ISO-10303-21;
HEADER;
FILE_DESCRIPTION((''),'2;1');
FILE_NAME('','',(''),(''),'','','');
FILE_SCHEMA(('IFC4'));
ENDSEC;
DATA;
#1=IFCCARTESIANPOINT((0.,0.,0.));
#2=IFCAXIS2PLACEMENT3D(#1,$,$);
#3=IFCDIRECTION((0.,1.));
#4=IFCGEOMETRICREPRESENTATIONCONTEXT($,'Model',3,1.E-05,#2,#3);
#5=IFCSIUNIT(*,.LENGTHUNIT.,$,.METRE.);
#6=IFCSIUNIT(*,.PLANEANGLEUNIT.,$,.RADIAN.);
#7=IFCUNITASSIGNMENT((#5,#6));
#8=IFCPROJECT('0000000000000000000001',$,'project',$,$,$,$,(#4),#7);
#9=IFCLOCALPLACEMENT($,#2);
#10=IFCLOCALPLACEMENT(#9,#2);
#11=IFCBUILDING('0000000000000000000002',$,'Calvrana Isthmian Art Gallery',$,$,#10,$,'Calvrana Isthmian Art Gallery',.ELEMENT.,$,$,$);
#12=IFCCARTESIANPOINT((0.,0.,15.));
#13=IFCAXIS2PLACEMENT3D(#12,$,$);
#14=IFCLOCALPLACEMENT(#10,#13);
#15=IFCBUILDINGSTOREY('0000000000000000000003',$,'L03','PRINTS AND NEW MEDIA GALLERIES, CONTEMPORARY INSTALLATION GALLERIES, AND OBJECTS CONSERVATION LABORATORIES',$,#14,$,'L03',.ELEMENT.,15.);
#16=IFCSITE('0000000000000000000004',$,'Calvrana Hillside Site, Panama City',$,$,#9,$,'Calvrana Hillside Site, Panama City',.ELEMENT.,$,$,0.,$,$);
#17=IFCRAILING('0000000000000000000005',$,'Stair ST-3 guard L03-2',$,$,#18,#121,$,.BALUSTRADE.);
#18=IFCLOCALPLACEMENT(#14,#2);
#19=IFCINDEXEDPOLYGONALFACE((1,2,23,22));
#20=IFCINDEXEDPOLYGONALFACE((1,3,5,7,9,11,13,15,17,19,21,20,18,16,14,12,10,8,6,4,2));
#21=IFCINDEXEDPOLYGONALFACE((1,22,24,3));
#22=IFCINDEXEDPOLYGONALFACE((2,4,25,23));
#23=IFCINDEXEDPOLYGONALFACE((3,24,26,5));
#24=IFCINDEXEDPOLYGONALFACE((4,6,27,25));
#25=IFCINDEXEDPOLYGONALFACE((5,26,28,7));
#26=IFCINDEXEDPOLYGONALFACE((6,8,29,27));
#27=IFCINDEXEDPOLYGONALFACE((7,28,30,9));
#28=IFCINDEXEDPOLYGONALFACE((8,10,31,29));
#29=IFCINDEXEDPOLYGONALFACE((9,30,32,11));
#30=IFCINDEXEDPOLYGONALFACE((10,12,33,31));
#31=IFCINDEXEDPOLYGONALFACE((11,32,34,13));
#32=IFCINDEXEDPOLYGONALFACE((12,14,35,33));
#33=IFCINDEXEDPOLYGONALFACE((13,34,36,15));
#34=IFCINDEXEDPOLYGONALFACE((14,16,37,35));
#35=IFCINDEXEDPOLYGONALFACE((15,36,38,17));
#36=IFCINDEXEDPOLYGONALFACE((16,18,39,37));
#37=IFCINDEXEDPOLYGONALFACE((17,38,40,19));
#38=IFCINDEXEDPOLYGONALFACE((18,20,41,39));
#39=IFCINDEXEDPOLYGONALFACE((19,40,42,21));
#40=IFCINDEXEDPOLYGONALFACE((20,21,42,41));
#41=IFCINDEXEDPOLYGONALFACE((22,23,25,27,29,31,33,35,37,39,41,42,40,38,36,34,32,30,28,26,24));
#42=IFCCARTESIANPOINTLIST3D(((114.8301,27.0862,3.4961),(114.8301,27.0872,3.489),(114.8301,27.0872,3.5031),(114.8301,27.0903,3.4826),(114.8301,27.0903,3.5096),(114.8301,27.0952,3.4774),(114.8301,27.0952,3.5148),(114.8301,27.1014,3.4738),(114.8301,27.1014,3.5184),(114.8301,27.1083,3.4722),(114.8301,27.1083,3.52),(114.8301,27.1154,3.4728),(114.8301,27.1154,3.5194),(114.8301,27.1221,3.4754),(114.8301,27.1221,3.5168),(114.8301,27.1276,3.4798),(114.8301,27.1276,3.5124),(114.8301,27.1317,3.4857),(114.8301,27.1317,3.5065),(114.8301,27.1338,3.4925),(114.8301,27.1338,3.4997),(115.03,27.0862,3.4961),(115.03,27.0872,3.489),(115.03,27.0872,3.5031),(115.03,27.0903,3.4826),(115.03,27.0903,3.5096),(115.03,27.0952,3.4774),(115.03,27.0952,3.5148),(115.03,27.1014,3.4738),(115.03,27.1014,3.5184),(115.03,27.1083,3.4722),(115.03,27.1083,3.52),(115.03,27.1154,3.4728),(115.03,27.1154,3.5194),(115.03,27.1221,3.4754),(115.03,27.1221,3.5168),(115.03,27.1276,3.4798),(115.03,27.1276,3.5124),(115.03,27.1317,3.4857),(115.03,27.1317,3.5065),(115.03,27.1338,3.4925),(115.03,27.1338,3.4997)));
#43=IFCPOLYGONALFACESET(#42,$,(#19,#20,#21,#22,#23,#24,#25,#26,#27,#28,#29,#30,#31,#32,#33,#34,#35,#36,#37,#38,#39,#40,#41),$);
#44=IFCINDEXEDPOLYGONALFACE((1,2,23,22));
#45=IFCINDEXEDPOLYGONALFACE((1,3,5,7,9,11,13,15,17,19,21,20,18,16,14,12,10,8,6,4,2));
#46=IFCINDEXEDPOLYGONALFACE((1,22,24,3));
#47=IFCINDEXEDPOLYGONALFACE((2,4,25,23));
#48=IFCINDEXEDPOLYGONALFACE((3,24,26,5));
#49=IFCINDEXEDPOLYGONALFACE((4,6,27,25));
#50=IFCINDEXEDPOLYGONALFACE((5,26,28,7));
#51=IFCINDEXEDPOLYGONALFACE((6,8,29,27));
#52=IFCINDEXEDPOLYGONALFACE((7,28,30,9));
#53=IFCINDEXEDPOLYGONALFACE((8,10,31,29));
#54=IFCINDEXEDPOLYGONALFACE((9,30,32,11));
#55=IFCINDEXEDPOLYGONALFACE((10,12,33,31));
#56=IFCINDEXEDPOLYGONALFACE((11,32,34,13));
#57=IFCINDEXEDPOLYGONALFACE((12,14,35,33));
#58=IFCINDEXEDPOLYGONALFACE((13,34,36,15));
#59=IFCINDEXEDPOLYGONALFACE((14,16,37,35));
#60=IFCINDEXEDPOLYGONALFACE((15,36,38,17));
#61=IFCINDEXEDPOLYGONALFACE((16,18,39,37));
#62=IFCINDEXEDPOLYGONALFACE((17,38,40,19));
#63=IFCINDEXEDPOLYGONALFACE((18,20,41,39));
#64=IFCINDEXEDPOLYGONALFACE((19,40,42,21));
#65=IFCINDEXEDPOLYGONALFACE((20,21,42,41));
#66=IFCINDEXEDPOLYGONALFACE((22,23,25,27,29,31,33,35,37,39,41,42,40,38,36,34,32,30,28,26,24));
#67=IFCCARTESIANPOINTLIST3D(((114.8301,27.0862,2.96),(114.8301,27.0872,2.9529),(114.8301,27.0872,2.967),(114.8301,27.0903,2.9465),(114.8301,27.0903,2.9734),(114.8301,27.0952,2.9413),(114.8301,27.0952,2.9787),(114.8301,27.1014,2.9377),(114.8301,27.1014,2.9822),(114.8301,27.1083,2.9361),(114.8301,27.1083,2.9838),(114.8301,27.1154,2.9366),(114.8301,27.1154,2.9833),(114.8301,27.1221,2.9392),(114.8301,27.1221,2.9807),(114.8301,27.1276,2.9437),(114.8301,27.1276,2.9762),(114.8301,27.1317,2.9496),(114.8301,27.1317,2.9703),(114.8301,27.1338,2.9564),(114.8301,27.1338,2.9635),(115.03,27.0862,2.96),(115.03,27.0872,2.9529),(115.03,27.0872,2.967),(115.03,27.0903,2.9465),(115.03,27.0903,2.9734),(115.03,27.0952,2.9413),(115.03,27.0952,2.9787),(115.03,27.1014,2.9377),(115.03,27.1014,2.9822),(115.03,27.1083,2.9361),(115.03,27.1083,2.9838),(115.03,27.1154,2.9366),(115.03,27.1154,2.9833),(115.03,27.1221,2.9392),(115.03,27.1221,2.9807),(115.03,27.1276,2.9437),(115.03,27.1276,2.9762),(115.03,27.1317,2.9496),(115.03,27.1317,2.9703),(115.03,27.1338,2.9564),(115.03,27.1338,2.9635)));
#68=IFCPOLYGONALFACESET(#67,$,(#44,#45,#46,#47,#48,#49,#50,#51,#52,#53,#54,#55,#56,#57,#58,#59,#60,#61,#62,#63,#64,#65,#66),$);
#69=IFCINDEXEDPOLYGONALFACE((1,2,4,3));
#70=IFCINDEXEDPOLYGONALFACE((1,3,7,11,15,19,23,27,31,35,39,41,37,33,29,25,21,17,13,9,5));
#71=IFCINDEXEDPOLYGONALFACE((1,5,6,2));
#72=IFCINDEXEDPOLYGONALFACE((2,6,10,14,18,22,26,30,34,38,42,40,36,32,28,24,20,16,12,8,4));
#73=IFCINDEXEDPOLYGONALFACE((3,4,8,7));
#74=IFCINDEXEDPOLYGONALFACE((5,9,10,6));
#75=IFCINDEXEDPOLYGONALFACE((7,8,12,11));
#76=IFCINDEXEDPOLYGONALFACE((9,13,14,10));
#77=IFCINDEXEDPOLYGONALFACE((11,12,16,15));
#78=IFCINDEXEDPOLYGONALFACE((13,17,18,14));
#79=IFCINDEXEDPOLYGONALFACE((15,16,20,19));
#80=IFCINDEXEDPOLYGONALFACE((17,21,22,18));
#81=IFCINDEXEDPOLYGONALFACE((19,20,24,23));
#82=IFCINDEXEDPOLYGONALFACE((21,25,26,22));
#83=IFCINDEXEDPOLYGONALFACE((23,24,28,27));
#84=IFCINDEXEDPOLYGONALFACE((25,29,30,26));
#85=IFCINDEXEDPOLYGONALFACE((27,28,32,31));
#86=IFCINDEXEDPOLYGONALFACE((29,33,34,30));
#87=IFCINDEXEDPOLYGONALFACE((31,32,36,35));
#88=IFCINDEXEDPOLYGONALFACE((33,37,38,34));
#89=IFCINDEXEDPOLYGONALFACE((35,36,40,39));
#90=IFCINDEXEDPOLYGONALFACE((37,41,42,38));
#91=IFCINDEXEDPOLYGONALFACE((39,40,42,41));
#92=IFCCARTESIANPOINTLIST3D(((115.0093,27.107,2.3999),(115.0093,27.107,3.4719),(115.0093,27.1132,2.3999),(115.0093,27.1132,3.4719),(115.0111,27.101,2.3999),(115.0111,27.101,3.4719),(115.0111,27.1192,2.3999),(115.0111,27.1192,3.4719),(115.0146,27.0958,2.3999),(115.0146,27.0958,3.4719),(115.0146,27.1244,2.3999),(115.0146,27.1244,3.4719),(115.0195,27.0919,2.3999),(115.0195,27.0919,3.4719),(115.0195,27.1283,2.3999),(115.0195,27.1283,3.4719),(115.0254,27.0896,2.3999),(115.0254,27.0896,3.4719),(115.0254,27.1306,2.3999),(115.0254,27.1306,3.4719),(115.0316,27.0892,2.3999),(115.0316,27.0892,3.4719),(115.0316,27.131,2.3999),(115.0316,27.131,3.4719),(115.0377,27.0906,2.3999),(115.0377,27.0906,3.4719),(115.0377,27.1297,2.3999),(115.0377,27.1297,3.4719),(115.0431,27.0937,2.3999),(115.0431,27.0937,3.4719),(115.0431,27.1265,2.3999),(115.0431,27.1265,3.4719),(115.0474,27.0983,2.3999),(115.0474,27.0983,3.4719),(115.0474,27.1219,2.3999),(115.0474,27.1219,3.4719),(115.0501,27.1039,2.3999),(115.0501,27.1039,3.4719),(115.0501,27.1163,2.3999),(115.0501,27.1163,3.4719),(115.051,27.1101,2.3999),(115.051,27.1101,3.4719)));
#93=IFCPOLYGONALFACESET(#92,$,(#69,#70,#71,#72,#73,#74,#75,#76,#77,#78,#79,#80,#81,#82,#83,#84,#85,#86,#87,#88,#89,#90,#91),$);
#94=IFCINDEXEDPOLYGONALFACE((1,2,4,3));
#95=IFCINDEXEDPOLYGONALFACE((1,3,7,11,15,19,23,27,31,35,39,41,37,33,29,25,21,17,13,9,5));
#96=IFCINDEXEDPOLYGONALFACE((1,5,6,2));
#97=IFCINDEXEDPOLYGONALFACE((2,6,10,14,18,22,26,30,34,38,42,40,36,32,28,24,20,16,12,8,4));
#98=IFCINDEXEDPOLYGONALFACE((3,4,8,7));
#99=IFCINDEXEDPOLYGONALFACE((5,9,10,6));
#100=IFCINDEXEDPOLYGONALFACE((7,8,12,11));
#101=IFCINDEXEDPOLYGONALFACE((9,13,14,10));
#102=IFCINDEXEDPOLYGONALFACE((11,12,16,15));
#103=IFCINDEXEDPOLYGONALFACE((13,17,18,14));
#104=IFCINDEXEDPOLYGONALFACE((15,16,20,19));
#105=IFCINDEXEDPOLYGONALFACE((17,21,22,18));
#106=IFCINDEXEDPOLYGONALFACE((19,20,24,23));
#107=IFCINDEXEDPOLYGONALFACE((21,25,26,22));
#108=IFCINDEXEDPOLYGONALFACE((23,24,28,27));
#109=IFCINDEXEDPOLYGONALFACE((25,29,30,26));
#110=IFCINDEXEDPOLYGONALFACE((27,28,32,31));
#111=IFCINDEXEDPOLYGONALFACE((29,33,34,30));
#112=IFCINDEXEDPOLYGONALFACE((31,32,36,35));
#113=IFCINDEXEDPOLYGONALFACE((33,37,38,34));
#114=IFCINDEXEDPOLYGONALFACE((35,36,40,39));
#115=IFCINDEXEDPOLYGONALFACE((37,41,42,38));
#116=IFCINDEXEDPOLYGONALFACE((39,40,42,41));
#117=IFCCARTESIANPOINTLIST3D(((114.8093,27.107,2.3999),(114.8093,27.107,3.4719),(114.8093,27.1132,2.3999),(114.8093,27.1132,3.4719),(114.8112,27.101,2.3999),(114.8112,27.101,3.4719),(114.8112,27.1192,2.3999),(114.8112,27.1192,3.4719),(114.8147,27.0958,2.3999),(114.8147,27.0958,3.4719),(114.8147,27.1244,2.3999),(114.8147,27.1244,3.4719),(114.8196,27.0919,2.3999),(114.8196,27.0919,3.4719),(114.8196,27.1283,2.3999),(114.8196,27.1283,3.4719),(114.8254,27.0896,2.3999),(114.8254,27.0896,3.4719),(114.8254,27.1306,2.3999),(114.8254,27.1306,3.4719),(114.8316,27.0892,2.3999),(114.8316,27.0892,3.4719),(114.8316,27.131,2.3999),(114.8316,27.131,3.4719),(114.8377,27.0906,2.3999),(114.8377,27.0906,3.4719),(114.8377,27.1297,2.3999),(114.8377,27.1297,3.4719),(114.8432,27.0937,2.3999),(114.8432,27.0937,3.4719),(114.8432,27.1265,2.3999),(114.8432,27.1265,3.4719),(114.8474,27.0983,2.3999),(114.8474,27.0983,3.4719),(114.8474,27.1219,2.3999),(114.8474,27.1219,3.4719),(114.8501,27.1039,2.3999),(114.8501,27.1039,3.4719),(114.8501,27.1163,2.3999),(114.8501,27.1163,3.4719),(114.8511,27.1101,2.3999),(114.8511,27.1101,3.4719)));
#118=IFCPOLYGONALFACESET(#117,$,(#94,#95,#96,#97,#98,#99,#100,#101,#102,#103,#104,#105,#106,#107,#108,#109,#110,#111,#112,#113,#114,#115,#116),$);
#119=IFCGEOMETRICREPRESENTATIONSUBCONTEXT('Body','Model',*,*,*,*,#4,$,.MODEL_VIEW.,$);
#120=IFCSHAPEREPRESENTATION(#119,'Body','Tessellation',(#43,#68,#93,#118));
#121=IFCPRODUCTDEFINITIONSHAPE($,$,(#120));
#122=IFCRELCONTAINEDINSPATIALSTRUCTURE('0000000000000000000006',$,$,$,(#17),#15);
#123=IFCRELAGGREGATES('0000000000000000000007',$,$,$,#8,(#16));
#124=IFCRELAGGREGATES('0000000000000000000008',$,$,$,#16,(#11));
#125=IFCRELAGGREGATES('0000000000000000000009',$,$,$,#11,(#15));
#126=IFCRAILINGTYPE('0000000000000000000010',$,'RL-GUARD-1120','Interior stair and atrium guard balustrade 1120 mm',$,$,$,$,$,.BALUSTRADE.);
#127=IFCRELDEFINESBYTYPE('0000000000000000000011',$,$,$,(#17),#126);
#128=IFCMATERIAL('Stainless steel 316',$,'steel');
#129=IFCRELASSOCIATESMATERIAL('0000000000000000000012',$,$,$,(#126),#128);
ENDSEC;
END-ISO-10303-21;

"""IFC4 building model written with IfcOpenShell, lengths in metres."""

from ifc_helpers import new_model, si_unit, direction, frame, origin, origin_2d, place, context, subcontext, project, spatial, circle, extrude, material, type_object, element, save


model = new_model("IFC4")

# Units and contexts
model_context = context("Model", 3, precision=1e-05, world=origin(), true_north=direction((0.0, 1.0)))
body_context = subcontext(model_context, "Body", "Model", "MODEL_VIEW")
ifc_project = project(units=[si_unit("LENGTHUNIT", "METRE"), si_unit("PLANEANGLEUNIT", "RADIAN")], contexts=[model_context])

# Site, building, storey
site_placement = place(None, origin())
site = spatial("IfcSite", under=ifc_project, at=site_placement, Name="Calvrana Hillside Site, Panama City", LongName="Calvrana Hillside Site, Panama City", CompositionType="ELEMENT", RefElevation=0.0)
building_placement = place(site_placement, origin())
building = spatial("IfcBuilding", under=site, at=building_placement, Name="Calvrana Isthmian Art Gallery", LongName="Calvrana Isthmian Art Gallery", CompositionType="ELEMENT")
storey_placement = place(building_placement, frame((0.0, 0.0, 15.0)))
storey = spatial("IfcBuildingStorey", under=building, at=storey_placement, Name="L03", Description="PRINTS AND NEW MEDIA GALLERIES, CONTEMPORARY INSTALLATION GALLERIES, AND OBJECTS CONSERVATION LABORATORIES", LongName="L03", CompositionType="ELEMENT", Elevation=15.0)

# Shared definitions
ifc_material_1 = material(Name="Stainless steel 316", Category="steel")

# Railing
railing_type_1 = type_object("IfcRailingType", Name="RL-GUARD-1120", Description="Interior stair and atrium guard balustrade 1120 mm", PredefinedType="BALUSTRADE", material=ifc_material_1)
railing_1_placement = place(storey_placement, frame((115.03, 27.1101, 2.3999)))
element("IfcRailing", 1, at=railing_1_placement, inside=storey, type_object=railing_type_1, Name="Stair ST-3 guard L03-2", PredefinedType="BALUSTRADE", context=body_context, shape_type="SweptSolid", body=[
    extrude(circle(Radius=0.0239, at=origin_2d()), frame((0.0, 0.0, 1.0962), z_axis=(-1.0, 0.0, 0.0), x_axis=(0.0, -1.0, 0.0)), (0.0, 0.0, 1.0), 0.2),
    extrude(circle(Radius=0.0239, at=origin_2d()), frame((0.0, 0.0, 0.5601), z_axis=(-1.0, 0.0, 0.0), x_axis=(0.0, -1.0, 0.0)), (0.0, 0.0, 1.0), 0.2),
    extrude(circle(Radius=0.021, at=origin_2d()), origin(), (0.0, 0.0, 1.0), 1.072),
    extrude(circle(Radius=0.021, at=origin_2d()), frame((-0.2, 0.0, 0.0)), (0.0, 0.0, 1.0), 1.072),
])

save(model, "model.ifc")
